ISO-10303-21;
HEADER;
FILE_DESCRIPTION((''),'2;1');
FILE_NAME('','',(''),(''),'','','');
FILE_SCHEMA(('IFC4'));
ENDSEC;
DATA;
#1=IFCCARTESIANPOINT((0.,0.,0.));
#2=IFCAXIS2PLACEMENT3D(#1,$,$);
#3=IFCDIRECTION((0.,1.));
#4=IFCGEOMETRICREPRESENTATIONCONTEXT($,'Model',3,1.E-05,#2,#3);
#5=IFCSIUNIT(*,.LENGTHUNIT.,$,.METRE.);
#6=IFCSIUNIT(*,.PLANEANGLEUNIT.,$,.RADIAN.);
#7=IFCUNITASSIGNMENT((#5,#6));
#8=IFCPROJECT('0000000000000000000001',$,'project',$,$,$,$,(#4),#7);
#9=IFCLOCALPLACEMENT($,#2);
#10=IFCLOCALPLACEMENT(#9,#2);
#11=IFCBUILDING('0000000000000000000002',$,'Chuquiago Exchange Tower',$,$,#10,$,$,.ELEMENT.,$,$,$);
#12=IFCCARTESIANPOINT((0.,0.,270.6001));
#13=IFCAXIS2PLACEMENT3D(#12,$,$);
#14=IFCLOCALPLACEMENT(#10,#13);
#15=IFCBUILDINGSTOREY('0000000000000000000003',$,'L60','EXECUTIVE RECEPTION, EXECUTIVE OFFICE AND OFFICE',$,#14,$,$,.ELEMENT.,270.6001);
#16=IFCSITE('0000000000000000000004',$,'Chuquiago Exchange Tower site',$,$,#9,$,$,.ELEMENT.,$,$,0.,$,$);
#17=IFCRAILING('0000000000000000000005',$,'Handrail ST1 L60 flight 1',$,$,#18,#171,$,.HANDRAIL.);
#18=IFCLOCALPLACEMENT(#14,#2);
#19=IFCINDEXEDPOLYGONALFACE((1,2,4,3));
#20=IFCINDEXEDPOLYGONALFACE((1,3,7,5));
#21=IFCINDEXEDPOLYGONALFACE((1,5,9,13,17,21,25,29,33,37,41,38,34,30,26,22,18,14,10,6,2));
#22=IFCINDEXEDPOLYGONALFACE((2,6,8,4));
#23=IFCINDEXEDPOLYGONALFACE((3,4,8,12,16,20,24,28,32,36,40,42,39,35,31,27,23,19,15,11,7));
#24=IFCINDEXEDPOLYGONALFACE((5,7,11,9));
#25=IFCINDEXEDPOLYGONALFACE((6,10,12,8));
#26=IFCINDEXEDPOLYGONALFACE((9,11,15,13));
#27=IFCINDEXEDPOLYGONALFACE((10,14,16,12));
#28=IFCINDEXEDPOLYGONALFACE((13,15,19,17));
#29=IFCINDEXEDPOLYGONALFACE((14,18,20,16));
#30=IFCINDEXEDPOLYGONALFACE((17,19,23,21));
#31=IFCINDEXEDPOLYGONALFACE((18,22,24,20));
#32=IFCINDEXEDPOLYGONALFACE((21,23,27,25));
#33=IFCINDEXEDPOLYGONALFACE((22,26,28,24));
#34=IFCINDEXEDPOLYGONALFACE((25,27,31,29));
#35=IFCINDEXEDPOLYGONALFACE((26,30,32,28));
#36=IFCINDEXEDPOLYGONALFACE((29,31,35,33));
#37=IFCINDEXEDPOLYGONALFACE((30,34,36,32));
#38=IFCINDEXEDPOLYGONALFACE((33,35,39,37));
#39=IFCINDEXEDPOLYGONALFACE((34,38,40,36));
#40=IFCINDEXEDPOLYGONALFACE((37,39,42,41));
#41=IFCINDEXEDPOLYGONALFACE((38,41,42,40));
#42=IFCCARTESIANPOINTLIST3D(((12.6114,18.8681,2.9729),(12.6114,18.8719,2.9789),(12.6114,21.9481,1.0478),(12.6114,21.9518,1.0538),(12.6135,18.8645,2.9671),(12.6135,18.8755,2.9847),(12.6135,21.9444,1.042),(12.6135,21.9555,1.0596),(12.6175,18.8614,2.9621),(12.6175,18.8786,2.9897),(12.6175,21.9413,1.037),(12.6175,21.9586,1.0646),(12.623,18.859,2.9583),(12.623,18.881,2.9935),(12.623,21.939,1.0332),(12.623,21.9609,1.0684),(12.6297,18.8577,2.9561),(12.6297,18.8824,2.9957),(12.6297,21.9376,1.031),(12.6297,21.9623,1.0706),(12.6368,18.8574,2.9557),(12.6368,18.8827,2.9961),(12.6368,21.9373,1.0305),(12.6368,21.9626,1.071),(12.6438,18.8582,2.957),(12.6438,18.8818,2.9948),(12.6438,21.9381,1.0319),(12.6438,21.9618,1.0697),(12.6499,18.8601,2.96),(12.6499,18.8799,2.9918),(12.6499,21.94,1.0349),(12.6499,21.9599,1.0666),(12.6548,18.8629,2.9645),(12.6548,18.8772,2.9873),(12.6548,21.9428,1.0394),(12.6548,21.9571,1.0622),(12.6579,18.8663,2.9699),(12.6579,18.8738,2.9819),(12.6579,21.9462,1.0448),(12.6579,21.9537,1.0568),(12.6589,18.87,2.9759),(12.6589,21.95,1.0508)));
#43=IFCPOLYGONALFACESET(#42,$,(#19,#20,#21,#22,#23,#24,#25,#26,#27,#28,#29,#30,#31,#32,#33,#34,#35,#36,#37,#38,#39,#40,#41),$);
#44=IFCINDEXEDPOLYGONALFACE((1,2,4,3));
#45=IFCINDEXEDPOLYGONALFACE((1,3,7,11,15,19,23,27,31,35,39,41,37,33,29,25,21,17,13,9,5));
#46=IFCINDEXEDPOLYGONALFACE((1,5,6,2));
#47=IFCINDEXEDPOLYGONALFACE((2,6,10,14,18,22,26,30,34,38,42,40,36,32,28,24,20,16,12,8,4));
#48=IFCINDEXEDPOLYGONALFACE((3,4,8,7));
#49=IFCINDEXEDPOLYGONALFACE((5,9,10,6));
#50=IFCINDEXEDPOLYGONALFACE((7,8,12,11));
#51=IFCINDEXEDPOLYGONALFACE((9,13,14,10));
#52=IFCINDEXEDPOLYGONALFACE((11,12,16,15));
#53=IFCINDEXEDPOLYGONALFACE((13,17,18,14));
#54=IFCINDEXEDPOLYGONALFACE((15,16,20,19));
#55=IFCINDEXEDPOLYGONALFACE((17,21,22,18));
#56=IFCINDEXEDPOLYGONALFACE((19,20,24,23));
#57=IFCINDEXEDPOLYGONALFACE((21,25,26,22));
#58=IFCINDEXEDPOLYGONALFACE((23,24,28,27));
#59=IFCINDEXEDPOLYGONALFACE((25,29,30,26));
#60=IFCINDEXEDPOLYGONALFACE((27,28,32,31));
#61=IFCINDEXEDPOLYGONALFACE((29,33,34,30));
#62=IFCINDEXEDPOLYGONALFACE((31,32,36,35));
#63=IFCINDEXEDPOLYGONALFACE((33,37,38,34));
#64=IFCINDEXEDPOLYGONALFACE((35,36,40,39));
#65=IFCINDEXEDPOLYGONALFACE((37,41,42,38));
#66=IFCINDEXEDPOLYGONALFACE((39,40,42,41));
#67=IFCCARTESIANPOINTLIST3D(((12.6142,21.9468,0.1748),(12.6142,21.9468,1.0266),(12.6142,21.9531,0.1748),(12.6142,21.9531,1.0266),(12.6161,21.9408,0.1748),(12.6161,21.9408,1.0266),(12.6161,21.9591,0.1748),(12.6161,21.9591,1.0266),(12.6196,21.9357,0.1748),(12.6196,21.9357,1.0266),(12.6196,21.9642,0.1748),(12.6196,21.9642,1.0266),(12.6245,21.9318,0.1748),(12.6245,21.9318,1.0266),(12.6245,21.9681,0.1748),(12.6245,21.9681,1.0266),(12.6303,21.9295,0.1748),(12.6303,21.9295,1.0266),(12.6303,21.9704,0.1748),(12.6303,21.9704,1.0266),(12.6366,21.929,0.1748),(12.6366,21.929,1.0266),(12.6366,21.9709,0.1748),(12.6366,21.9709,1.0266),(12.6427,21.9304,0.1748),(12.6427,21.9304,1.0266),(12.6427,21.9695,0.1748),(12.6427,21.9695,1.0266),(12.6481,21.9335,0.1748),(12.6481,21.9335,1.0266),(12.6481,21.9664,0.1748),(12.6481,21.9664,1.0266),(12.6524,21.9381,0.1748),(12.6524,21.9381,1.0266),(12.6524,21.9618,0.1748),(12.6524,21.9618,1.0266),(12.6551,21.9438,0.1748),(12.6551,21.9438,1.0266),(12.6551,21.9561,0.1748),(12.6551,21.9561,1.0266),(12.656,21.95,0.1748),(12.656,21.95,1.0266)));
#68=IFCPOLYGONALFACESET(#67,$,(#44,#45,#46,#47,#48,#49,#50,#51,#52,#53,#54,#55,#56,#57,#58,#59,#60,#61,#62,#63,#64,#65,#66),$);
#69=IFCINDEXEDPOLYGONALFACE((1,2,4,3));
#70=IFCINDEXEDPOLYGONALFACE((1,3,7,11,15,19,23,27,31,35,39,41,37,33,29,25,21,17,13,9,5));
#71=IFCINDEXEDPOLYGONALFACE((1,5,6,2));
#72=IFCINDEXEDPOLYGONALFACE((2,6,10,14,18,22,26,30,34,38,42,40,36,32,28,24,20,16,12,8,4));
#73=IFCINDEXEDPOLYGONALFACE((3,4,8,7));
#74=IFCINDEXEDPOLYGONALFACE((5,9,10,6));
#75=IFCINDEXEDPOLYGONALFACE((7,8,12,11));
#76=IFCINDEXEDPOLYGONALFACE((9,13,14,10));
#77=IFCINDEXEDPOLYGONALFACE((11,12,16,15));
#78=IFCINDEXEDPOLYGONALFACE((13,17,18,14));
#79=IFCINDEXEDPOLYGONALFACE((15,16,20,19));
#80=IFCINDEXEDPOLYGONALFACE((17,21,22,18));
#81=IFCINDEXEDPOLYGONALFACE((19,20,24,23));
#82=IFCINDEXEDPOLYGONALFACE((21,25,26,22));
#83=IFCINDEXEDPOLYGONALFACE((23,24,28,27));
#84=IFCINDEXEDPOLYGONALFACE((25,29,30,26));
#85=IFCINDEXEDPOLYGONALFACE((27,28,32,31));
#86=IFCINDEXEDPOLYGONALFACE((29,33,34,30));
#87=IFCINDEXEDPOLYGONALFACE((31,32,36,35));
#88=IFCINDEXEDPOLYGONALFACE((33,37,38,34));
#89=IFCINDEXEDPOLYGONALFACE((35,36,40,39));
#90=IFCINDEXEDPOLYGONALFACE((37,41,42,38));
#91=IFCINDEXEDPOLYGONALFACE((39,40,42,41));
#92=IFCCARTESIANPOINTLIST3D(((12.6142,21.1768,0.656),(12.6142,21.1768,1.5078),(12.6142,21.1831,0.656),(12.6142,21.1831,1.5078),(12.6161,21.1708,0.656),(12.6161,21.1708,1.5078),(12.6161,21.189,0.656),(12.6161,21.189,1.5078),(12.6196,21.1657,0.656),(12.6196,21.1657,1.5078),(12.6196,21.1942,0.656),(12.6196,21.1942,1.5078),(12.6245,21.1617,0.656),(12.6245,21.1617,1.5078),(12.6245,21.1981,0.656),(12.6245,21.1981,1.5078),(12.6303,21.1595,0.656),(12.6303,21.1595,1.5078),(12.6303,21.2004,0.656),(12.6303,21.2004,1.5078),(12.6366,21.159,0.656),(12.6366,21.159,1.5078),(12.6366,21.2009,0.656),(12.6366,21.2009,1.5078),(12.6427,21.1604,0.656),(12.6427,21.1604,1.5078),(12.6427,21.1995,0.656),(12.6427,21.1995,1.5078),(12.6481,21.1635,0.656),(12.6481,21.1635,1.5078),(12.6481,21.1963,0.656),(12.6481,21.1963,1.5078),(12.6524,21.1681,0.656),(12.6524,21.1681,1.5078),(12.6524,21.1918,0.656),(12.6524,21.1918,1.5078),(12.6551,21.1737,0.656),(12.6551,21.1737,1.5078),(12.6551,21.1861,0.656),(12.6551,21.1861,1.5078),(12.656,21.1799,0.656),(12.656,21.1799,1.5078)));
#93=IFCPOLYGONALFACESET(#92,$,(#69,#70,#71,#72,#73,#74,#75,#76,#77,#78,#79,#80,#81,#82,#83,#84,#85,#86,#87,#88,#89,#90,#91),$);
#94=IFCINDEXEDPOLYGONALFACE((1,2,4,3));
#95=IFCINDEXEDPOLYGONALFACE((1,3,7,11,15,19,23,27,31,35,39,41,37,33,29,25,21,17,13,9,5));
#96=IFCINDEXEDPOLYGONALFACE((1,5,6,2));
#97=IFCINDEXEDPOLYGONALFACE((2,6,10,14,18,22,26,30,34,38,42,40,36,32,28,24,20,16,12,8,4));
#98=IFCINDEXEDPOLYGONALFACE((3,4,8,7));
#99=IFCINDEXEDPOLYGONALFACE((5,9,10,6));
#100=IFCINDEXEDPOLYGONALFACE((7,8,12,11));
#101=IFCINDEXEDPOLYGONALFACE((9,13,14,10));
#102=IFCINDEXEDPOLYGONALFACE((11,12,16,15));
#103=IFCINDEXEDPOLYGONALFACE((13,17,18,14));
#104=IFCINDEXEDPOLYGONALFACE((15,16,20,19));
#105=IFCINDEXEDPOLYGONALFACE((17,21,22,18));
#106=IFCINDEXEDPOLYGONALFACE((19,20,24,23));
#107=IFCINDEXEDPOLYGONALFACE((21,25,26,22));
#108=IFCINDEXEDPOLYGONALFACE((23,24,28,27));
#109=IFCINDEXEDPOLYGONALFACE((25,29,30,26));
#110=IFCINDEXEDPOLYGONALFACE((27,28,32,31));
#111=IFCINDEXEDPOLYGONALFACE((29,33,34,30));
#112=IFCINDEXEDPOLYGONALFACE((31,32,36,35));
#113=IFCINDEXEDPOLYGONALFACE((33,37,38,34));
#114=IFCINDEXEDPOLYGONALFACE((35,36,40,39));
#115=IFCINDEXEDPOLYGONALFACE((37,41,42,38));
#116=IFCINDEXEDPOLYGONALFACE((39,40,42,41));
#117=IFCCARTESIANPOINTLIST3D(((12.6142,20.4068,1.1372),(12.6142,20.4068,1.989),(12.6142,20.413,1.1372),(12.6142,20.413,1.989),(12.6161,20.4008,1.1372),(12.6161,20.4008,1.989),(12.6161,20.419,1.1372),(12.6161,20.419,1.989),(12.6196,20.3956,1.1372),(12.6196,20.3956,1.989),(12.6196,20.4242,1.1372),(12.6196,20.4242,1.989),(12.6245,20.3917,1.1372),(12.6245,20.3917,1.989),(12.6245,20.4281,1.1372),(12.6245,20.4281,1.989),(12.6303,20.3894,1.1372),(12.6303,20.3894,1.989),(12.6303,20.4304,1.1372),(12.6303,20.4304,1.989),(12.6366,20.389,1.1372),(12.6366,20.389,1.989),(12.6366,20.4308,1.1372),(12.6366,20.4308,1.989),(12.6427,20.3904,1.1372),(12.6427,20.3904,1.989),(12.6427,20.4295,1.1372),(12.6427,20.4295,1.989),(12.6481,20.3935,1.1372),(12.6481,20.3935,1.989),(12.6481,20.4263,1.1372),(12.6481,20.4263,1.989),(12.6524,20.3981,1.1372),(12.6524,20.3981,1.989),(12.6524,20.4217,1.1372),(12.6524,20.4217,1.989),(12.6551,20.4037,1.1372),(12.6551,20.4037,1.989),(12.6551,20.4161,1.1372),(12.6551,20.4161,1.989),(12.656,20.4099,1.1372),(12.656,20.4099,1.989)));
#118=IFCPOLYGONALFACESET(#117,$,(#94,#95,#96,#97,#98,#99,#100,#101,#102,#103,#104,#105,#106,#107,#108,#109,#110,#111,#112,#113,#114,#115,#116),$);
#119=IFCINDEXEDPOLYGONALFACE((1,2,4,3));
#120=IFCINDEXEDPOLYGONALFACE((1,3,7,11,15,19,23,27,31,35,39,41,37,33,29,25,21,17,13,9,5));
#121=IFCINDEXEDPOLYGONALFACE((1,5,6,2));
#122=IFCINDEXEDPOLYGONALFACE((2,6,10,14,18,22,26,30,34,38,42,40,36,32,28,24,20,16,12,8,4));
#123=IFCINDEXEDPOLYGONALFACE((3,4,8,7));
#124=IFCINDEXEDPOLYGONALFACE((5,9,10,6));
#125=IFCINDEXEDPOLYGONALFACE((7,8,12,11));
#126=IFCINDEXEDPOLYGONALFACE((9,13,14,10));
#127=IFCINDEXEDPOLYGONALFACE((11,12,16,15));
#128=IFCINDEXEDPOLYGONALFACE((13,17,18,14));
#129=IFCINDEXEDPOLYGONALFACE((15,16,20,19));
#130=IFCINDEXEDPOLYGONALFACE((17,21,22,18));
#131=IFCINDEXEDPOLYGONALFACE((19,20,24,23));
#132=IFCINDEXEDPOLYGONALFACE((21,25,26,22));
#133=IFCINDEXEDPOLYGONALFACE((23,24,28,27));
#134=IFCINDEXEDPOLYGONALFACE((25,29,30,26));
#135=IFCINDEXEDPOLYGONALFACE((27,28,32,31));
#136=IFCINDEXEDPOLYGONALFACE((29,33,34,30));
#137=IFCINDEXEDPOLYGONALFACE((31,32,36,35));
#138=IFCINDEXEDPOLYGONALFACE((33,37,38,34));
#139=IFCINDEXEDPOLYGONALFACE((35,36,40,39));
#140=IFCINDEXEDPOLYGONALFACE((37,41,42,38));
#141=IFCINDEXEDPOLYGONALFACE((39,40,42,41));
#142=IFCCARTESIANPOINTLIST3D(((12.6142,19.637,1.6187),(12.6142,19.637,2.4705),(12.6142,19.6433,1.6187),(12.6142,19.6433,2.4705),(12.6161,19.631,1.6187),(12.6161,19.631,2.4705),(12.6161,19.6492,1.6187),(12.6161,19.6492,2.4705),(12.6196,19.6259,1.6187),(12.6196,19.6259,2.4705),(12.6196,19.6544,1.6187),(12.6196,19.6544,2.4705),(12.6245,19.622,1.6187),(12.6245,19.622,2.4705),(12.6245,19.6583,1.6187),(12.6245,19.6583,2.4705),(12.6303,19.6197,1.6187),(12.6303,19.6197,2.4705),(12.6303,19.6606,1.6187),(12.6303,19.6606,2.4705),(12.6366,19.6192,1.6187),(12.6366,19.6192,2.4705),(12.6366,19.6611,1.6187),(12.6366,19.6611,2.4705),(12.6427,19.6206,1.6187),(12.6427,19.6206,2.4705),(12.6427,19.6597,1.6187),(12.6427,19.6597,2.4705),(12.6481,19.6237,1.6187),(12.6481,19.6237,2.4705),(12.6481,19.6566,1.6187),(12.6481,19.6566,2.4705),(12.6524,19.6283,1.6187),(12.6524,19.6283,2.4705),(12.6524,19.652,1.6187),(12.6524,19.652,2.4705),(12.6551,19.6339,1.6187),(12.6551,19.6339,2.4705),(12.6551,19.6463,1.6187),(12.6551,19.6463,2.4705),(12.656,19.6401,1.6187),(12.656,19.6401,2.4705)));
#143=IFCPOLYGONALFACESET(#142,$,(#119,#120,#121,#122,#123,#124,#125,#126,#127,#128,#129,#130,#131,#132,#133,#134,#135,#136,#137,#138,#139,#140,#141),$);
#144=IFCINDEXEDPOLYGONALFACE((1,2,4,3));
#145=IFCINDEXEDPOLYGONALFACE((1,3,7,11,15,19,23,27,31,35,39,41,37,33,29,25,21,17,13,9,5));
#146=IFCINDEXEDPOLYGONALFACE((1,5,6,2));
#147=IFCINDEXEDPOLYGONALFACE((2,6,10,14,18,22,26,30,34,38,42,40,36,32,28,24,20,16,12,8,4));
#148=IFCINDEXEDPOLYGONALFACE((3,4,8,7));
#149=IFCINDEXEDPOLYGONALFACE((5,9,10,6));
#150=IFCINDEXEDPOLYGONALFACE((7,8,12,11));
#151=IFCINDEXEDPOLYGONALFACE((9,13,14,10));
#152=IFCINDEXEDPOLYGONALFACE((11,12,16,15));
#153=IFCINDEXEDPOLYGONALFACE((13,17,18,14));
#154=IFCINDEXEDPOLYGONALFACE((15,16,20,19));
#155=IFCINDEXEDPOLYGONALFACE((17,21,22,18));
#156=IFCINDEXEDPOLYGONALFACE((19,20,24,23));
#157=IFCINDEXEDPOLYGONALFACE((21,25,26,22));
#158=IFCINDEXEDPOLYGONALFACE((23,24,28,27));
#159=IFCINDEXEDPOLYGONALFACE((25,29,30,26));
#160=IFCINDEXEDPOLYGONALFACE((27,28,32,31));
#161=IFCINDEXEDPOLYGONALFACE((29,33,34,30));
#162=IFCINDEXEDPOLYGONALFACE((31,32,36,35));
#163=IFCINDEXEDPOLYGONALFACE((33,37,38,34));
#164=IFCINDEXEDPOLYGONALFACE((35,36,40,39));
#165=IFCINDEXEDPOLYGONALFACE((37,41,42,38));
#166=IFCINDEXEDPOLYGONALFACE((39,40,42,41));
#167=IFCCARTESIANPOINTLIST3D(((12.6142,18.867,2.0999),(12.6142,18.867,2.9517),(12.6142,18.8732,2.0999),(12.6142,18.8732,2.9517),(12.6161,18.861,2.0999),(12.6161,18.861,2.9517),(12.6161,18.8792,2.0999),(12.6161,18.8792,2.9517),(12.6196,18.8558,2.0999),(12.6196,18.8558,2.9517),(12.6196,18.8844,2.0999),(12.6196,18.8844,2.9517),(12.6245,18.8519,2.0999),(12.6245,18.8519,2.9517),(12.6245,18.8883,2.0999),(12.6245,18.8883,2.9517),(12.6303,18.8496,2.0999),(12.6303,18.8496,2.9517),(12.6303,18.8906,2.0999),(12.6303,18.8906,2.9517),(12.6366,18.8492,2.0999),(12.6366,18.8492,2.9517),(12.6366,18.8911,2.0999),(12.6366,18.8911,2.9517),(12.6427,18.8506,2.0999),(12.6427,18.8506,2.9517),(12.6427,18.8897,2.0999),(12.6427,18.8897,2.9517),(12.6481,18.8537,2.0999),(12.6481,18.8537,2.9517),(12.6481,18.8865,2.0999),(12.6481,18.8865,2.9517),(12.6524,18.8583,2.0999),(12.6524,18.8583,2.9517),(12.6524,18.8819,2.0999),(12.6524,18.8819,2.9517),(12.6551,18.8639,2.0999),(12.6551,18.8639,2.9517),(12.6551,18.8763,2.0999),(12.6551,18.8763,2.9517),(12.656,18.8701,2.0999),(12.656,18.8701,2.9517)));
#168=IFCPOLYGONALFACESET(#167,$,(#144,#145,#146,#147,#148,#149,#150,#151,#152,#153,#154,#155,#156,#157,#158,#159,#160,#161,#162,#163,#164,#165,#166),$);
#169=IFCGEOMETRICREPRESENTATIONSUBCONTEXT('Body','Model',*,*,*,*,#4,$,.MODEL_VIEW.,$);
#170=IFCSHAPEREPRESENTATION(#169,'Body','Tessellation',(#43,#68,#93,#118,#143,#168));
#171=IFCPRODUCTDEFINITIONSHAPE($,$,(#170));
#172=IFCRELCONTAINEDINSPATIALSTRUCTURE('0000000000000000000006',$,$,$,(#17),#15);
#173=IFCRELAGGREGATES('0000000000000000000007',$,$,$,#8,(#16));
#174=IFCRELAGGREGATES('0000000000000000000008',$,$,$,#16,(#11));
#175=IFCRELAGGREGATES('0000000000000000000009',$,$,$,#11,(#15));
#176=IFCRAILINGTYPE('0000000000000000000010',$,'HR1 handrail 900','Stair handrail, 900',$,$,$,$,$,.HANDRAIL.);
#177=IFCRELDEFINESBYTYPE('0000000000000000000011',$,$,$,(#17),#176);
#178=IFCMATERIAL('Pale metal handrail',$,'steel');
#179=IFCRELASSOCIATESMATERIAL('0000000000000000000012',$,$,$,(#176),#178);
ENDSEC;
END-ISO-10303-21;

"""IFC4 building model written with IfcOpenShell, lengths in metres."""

from ifc_helpers import new_model, si_unit, direction, frame, origin, origin_2d, place, context, subcontext, project, spatial, circle, extrude, material, type_object, element, save


model = new_model("IFC4")

# Units and contexts
model_context = context("Model", 3, precision=1e-05, world=origin(), true_north=direction((0.0, 1.0)))
body_context = subcontext(model_context, "Body", "Model", "MODEL_VIEW")
ifc_project = project(units=[si_unit("LENGTHUNIT", "METRE"), si_unit("PLANEANGLEUNIT", "RADIAN")], contexts=[model_context])

# Site, building, storey
site_placement = place(None, origin())
site = spatial("IfcSite", under=ifc_project, at=site_placement, Name="Chuquiago Exchange Tower site", CompositionType="ELEMENT", RefElevation=0.0)
building_placement = place(site_placement, origin())
building = spatial("IfcBuilding", under=site, at=building_placement, Name="Chuquiago Exchange Tower", CompositionType="ELEMENT")
storey_placement = place(building_placement, frame((0.0, 0.0, 270.6001)))
storey = spatial("IfcBuildingStorey", under=building, at=storey_placement, Name="L60", Description="EXECUTIVE RECEPTION, EXECUTIVE OFFICE AND OFFICE", CompositionType="ELEMENT", Elevation=270.6001)

# Railing
ifc_material_1 = material(Name="Pale metal handrail", Category="steel")
railing_type_1 = type_object("IfcRailingType", Name="HR1 handrail 900", Description="Stair handrail, 900", PredefinedType="HANDRAIL", material=ifc_material_1)
for number, where, name in (
    (1, (12.635, 21.95, 0.1748), "Handrail ST1 L60 flight 1"),
):
    element("IfcRailing", number, at=place(storey_placement, frame(where)), inside=storey, type_object=railing_type_1, Name=name, PredefinedType="HANDRAIL", context=body_context, shape_type="SweptSolid", body=[
        extrude(circle(Radius=0.0239, at=origin_2d()), frame((0.0, 0.0, 0.876), z_axis=(0.0, -0.847979, 0.530029), x_axis=(1.0, 0.0, 0.0)), (0.0, 0.0, 1.0), 3.6321),
        extrude(circle(Radius=0.021, at=origin_2d()), origin(), (0.0, 0.0, 1.0), 0.8518),
        extrude(circle(Radius=0.021, at=origin_2d()), frame((0.0, -0.77, 0.4812)), (0.0, 0.0, 1.0), 0.8518),
        extrude(circle(Radius=0.021, at=origin_2d()), frame((0.0, -1.54, 0.9624)), (0.0, 0.0, 1.0), 0.8518),
        extrude(circle(Radius=0.021, at=origin_2d()), frame((0.0, -2.3098, 1.4438)), (0.0, 0.0, 1.0), 0.8518),
        extrude(circle(Radius=0.021, at=origin_2d()), frame((0.0, -3.0798, 1.925)), (0.0, 0.0, 1.0), 0.8518),
    ])

save(model, "model.ifc")
